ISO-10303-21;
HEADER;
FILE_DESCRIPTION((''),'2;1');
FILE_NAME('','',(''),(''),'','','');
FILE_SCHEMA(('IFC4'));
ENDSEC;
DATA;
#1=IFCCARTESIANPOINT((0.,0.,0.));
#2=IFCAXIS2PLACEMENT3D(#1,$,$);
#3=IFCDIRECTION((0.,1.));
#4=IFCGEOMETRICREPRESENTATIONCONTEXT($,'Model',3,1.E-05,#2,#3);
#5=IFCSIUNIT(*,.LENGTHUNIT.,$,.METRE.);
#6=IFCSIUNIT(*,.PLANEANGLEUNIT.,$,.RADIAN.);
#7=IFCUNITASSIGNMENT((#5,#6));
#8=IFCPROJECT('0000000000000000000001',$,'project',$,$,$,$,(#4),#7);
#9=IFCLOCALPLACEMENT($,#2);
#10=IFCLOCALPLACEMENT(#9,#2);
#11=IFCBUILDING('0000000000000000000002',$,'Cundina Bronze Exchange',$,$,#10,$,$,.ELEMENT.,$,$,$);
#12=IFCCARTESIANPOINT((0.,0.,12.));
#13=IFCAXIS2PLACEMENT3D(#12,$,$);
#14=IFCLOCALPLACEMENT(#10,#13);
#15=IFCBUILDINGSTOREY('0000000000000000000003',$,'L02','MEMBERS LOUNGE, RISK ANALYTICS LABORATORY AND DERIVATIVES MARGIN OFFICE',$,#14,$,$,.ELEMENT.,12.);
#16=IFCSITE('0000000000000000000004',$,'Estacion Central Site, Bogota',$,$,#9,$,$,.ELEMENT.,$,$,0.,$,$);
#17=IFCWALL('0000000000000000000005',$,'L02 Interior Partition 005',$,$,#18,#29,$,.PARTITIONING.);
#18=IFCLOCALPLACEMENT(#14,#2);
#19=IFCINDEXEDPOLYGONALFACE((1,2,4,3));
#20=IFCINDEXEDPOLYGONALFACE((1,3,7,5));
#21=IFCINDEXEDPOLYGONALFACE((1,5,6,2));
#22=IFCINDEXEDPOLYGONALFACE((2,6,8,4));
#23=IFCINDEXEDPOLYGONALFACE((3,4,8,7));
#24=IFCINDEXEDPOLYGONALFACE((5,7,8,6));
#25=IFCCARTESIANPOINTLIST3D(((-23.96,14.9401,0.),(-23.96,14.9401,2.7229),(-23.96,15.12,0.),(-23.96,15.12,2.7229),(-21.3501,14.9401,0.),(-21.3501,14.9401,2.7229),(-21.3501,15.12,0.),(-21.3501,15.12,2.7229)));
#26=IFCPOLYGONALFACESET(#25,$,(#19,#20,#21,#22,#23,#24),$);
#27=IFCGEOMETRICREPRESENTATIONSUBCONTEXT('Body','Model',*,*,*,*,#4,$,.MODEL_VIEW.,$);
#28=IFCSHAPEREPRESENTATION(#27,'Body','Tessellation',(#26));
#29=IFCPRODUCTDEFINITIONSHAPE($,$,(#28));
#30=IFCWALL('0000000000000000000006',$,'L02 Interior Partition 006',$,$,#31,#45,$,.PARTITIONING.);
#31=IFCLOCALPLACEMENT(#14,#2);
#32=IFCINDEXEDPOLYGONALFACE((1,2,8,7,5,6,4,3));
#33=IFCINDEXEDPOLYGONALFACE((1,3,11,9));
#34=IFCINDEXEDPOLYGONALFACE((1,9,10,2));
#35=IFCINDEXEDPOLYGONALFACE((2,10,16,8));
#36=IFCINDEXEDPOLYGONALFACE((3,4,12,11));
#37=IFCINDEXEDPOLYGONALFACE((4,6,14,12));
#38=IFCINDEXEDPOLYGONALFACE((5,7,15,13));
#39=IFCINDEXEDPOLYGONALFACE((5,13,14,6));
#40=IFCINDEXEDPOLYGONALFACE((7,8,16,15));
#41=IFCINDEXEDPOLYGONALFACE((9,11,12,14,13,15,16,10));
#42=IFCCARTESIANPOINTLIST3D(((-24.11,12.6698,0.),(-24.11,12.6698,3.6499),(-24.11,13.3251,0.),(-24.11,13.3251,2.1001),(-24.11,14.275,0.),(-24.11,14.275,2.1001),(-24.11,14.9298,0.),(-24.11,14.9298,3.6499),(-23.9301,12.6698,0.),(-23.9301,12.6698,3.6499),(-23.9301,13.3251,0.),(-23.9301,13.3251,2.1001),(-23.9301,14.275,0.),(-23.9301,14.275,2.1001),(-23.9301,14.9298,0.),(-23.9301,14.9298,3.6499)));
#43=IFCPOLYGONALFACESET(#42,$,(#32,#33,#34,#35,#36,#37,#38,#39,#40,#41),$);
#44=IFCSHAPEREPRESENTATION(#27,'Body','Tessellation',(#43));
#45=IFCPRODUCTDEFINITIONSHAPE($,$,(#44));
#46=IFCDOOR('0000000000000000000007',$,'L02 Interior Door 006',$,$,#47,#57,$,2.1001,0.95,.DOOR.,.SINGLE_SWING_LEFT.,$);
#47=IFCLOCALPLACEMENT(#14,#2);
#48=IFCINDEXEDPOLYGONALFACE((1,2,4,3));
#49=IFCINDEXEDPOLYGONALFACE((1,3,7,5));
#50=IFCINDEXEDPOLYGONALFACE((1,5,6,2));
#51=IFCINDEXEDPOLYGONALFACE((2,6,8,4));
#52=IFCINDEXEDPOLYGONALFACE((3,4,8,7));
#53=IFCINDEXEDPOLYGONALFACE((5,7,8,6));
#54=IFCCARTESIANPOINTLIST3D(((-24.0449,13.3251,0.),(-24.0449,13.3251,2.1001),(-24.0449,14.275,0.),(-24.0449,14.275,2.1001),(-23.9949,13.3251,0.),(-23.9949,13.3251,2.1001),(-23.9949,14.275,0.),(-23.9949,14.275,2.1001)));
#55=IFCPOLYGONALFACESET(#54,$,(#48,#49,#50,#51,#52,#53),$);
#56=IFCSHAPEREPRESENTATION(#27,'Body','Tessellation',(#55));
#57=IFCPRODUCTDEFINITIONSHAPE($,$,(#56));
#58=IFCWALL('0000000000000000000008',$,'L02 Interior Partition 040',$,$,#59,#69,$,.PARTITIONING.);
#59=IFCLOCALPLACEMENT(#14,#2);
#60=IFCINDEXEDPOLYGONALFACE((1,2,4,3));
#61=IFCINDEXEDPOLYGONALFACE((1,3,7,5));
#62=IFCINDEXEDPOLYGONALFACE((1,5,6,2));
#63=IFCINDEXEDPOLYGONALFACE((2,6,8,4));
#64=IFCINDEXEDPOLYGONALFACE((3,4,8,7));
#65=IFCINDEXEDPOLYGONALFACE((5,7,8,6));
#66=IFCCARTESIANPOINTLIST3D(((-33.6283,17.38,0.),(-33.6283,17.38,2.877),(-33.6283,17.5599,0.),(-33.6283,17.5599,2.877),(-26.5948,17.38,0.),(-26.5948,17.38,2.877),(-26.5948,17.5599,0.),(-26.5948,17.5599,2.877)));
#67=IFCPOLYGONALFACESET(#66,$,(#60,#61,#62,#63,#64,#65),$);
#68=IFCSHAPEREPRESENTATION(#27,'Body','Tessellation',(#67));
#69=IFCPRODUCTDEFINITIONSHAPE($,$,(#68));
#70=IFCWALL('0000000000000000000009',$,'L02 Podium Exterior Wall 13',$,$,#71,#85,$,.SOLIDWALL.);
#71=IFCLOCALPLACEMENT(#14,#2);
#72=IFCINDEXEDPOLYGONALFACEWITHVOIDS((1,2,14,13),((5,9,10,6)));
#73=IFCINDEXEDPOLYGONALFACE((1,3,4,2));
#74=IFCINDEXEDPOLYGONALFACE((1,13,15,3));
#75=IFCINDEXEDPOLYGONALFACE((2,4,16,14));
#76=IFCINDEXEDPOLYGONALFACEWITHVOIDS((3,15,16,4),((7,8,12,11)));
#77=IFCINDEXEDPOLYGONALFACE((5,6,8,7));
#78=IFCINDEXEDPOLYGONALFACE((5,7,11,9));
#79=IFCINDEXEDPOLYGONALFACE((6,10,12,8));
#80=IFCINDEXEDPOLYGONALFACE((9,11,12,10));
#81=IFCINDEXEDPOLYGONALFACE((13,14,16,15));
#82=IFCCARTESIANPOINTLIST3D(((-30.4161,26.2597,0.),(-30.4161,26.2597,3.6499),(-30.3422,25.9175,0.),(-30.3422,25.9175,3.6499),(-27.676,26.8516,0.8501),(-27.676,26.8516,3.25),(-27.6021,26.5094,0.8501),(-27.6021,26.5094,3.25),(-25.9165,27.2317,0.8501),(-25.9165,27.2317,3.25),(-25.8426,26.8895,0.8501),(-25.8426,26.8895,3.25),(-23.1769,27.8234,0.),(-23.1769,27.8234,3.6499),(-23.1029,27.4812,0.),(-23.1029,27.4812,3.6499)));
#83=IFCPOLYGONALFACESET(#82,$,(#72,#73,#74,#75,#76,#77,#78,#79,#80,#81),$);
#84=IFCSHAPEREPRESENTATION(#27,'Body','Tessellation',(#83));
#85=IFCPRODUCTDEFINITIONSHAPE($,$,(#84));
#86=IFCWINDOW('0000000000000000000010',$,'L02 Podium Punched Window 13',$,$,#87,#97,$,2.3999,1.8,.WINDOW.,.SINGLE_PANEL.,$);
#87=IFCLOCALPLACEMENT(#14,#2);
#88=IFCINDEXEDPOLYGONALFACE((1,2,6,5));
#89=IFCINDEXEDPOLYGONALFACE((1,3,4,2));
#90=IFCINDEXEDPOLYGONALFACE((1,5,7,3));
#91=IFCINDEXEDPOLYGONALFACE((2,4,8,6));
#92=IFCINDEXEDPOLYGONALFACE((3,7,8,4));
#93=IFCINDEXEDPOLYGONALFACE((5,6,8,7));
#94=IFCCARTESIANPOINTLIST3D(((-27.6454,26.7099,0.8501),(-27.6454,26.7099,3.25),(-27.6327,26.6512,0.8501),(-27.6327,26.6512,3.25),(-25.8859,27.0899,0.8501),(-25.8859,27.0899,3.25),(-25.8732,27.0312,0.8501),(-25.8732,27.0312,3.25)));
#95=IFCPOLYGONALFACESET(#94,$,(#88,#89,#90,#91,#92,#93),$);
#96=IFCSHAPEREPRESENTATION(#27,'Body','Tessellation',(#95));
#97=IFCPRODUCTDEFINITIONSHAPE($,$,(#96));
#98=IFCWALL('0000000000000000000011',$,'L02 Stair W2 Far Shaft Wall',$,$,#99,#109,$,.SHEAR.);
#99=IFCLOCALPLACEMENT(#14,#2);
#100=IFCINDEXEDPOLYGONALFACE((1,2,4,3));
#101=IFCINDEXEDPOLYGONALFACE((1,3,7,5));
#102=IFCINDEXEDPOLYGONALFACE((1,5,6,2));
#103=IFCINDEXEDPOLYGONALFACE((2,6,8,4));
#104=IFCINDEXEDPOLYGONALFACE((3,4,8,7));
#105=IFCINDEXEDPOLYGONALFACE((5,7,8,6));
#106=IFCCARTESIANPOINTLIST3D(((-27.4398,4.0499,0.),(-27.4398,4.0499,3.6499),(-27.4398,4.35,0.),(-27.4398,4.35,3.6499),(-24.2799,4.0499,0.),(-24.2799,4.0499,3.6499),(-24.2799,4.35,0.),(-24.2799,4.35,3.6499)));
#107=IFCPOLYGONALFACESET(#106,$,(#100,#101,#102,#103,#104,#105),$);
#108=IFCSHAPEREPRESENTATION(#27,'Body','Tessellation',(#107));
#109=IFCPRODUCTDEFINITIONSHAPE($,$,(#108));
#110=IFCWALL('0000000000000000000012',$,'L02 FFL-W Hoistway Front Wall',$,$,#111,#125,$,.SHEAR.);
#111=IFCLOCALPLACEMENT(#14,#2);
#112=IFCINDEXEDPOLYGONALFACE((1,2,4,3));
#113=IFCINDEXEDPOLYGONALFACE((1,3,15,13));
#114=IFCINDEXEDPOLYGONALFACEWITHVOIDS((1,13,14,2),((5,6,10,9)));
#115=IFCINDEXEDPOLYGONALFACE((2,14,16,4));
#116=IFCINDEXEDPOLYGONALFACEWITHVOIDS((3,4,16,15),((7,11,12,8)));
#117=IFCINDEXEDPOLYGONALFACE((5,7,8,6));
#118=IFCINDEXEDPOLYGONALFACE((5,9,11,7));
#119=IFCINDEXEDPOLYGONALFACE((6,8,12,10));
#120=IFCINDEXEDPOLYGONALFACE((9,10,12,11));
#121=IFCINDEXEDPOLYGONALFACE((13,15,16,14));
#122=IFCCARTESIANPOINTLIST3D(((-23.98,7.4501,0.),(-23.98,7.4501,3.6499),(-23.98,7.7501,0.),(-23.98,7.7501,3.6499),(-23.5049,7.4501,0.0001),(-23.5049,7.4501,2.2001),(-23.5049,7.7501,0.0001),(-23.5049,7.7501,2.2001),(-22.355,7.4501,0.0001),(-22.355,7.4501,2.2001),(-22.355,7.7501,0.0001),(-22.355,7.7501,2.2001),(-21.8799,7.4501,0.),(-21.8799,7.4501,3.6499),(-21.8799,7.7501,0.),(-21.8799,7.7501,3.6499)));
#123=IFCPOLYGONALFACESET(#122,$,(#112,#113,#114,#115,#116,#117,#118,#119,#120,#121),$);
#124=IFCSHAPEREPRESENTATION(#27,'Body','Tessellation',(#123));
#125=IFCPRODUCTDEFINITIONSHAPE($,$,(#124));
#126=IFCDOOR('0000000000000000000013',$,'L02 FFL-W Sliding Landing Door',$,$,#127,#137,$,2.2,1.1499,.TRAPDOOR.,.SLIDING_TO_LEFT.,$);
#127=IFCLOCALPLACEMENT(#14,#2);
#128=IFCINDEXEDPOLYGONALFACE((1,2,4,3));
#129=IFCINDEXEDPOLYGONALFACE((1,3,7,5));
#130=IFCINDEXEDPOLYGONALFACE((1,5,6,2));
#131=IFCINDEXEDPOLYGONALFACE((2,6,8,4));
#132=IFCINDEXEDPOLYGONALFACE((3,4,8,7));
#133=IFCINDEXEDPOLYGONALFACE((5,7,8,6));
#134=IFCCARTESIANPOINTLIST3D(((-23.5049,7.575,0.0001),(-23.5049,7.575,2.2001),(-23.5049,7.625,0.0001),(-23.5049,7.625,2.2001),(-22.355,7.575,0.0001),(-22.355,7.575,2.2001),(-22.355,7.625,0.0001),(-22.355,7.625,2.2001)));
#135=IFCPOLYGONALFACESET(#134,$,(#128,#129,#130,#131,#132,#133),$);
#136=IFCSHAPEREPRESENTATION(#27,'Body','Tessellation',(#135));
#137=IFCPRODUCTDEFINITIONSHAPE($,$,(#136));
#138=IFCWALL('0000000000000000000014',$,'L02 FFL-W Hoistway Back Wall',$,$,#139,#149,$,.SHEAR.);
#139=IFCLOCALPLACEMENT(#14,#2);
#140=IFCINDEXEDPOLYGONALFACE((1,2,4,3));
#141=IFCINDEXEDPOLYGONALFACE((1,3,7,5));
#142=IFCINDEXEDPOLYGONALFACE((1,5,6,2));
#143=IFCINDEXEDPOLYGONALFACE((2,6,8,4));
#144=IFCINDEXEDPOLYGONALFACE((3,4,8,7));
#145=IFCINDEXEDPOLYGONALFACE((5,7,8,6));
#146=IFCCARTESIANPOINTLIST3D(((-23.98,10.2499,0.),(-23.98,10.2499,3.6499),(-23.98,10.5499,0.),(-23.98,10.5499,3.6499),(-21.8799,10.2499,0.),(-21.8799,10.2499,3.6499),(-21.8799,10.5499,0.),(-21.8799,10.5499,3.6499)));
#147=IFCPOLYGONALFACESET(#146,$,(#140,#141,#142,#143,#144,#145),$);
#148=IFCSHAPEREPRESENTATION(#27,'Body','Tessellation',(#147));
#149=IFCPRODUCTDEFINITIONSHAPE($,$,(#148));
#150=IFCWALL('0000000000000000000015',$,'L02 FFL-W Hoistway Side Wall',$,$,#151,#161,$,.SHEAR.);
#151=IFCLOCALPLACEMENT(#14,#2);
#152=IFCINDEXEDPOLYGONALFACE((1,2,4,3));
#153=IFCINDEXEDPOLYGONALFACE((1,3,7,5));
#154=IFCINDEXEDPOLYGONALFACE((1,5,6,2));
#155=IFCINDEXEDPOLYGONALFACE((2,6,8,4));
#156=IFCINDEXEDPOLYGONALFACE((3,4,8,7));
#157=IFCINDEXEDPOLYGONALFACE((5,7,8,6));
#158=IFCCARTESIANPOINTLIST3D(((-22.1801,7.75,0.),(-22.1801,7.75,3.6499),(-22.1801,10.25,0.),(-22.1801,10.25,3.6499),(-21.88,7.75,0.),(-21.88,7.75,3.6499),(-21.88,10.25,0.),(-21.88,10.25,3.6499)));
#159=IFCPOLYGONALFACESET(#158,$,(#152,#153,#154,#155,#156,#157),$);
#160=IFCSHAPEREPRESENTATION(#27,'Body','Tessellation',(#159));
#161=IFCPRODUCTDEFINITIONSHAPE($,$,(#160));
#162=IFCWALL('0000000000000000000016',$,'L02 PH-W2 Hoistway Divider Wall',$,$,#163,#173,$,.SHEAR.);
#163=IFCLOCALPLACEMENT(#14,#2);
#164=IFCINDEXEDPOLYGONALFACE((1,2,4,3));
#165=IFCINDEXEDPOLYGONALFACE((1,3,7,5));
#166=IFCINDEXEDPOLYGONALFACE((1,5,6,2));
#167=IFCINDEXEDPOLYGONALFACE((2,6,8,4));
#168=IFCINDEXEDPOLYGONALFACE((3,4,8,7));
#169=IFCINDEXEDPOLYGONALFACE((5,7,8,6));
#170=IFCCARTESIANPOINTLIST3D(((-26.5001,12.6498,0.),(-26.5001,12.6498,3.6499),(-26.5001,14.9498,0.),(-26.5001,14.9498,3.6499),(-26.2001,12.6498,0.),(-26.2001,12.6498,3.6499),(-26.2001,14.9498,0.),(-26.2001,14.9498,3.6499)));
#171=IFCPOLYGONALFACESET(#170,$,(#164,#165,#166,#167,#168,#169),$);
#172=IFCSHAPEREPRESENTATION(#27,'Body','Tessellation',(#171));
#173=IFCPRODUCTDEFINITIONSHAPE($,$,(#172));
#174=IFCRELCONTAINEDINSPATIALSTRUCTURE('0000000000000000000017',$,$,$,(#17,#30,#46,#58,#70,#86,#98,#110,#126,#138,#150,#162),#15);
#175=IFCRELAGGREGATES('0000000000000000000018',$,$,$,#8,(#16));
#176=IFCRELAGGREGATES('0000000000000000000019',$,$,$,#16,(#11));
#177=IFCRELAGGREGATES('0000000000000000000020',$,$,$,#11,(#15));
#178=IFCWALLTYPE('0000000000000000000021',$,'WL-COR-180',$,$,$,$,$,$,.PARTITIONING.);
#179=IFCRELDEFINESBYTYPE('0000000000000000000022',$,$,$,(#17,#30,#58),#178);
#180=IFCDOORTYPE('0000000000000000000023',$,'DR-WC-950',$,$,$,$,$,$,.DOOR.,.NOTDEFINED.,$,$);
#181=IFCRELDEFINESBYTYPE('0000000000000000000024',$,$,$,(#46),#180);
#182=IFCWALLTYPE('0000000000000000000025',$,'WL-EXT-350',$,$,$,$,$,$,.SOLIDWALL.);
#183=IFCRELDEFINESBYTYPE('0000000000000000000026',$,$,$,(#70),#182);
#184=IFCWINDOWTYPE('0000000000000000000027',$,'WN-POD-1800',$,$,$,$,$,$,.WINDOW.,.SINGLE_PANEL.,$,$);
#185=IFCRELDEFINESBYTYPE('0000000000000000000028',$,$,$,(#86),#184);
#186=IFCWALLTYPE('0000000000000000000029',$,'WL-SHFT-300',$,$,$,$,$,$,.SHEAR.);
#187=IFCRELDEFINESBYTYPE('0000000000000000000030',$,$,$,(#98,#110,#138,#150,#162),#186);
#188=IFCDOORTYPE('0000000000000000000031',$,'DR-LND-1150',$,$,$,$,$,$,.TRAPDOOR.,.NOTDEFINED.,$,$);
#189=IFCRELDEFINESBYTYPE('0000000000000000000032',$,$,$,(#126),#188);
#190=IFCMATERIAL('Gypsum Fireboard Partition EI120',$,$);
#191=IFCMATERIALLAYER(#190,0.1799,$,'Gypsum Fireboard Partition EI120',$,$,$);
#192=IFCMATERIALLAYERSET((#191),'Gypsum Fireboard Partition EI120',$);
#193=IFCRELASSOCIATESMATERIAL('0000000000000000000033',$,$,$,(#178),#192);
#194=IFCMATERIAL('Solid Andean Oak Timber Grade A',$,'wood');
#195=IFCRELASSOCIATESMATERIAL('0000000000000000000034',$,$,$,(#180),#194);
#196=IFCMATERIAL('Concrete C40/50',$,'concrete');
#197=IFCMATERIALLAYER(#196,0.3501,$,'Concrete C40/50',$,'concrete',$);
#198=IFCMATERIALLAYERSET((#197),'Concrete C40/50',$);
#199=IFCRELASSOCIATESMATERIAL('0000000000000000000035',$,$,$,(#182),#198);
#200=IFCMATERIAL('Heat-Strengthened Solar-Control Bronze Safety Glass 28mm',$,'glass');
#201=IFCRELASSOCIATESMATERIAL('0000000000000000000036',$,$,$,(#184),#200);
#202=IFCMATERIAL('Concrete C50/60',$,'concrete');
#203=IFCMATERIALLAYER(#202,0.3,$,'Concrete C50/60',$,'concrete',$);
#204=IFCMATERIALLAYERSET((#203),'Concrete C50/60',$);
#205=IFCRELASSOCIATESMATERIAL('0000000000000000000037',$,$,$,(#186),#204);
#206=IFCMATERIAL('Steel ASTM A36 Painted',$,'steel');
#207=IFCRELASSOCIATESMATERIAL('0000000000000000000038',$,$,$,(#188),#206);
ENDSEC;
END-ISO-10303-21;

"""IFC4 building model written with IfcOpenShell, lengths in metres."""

from ifc_helpers import new_model, si_unit, direction, frame, frame_2d, origin, place, context, subcontext, project, spatial, rectangle, extrude, material, layer, layer_set, type_object, element, fill, save


model = new_model("IFC4")

# Units and contexts
model_context = context("Model", 3, precision=1e-05, world=origin(), true_north=direction((0.0, 1.0)))
body_context = subcontext(model_context, "Body", "Model", "MODEL_VIEW")
ifc_project = project(units=[si_unit("LENGTHUNIT", "METRE"), si_unit("PLANEANGLEUNIT", "RADIAN")], contexts=[model_context])

# Site, building, storey
site_placement = place(None, origin())
site = spatial("IfcSite", under=ifc_project, at=site_placement, Name="Estacion Central Site, Bogota", CompositionType="ELEMENT", RefElevation=0.0)
building_placement = place(site_placement, origin())
building = spatial("IfcBuilding", under=site, at=building_placement, Name="Cundina Bronze Exchange", CompositionType="ELEMENT")
storey_placement = place(building_placement, frame((0.0, 0.0, 12.0)))
storey = spatial("IfcBuildingStorey", under=building, at=storey_placement, Name="L02", Description="MEMBERS LOUNGE, RISK ANALYTICS LABORATORY AND DERIVATIVES MARGIN OFFICE", CompositionType="ELEMENT", Elevation=12.0)

# Wall
ifc_material_1 = material(Name="Gypsum Fireboard Partition EI120")
ifc_layer_1 = layer(ifc_material_1, 0.1799, Name="Gypsum Fireboard Partition EI120")
ifc_layer_set_1 = layer_set([ifc_layer_1], Name="Gypsum Fireboard Partition EI120")
wall_type_1 = type_object("IfcWallType", Name="WL-COR-180", PredefinedType="PARTITIONING", material=ifc_layer_set_1)
wall_1_placement = place(storey_placement, frame((-23.96, 15.03, 0.0), z_axis=(0.0, 0.0, 1.0), x_axis=(1.0, 0.0, 0.0)))
element("IfcWall", 1, at=wall_1_placement, inside=storey, type_object=wall_type_1, Name="L02 Interior Partition 005", PredefinedType="PARTITIONING", context=body_context, shape_type="SweptSolid", body=[
    extrude(rectangle(XDim=2.6099, YDim=0.1799, at=frame_2d((1.3049, 0.0))), origin(), (0.0, 0.0, 1.0), 2.7229),
])

# Wall, opening, door
wall_2_placement = place(storey_placement, frame((-24.02, 12.6699, 0.0), z_axis=(0.0, 0.0, 1.0), x_axis=(0.0, 1.0, 0.0)))
wall_2 = element("IfcWall", 2, at=wall_2_placement, inside=storey, type_object=wall_type_1, Name="L02 Interior Partition 006", PredefinedType="PARTITIONING", context=body_context, shape_type="SweptSolid", body=[
    extrude(rectangle(XDim=2.26, YDim=0.1799, at=frame_2d((1.1299, 0.0))), origin(), (0.0, 0.0, 1.0), 3.6499),
])
opening_1_placement = place(wall_2_placement, frame((0.655, 0.0, 0.0)))
opening_1 = element("IfcOpeningElement", 3, at=opening_1_placement, cuts=wall_2, PredefinedType="OPENING", context=body_context, shape_type="SweptSolid", body=[
    extrude(rectangle(XDim=0.95, YDim=2.1001, at=frame_2d((0.4751, 1.05))), frame((0.0, 0.0999, 0.0), z_axis=(0.0, -1.0, 0.0), x_axis=(1.0, 0.0, 0.0)), (0.0, 0.0, 1.0), 0.2),
])
ifc_material_2 = material(Name="Solid Andean Oak Timber Grade A", Category="wood")
door_type_1 = type_object("IfcDoorType", Name="DR-WC-950", OperationType="NOTDEFINED", PredefinedType="DOOR", material=ifc_material_2)
door_1_placement = place(opening_1_placement, origin())
door_1 = element("IfcDoor", 4, at=door_1_placement, inside=storey, type_object=door_type_1, Name="L02 Interior Door 006", OperationType="SINGLE_SWING_LEFT", OverallHeight=2.1001, OverallWidth=0.95, PredefinedType="DOOR", context=body_context, shape_type="SweptSolid", body=[
    extrude(rectangle(XDim=0.95, YDim=2.1001, at=frame_2d((0.4751, 1.05))), frame((0.0, 0.0249, 0.0), z_axis=(0.0, -1.0, 0.0), x_axis=(1.0, 0.0, 0.0)), (0.0, 0.0, 1.0), 0.05),
])
fill(opening_1, door_1)

# Wall
wall_3_placement = place(storey_placement, frame((-26.595, 17.47, 0.0), z_axis=(0.0, 0.0, 1.0), x_axis=(-1.0, 0.0, 0.0)))
element("IfcWall", 5, at=wall_3_placement, inside=storey, type_object=wall_type_1, Name="L02 Interior Partition 040", PredefinedType="PARTITIONING", context=body_context, shape_type="SweptSolid", body=[
    extrude(rectangle(XDim=7.0334, YDim=0.1799, at=frame_2d((3.5166, 0.0))), origin(), (0.0, 0.0, 1.0), 2.877),
])

# Wall, opening, window
ifc_material_3 = material(Name="Concrete C40/50", Category="concrete")
ifc_layer_2 = layer(ifc_material_3, 0.3501, Name="Concrete C40/50", Category="concrete")
ifc_layer_set_2 = layer_set([ifc_layer_2], Name="Concrete C40/50")
wall_type_2 = type_object("IfcWallType", Name="WL-EXT-350", PredefinedType="SOLIDWALL", material=ifc_layer_set_2)
wall_4_placement = place(storey_placement, frame((-23.1399, 27.6523, 0.0), z_axis=(0.0, 0.0, 1.0), x_axis=(-0.977457, -0.211136, 0.0)))
wall_4 = element("IfcWall", 6, at=wall_4_placement, inside=storey, type_object=wall_type_2, Name="L02 Podium Exterior Wall 13", PredefinedType="SOLIDWALL", context=body_context, shape_type="SweptSolid", body=[
    extrude(rectangle(XDim=7.4062, YDim=0.3501, at=frame_2d((3.7031, 0.0))), origin(), (0.0, 0.0, 1.0), 3.6499),
])
opening_2_placement = place(wall_4_placement, frame((2.803, 0.0, 0.8501)))
opening_2 = element("IfcOpeningElement", 7, at=opening_2_placement, cuts=wall_4, PredefinedType="OPENING", context=body_context, shape_type="SweptSolid", body=[
    extrude(rectangle(XDim=1.8, YDim=2.3999, at=frame_2d((0.8999, 1.2))), frame((0.0, 0.1851, 0.0), z_axis=(0.0, -1.0, 0.0), x_axis=(1.0, 0.0, 0.0)), (0.0, 0.0, 1.0), 0.3701),
])
ifc_material_4 = material(Name="Heat-Strengthened Solar-Control Bronze Safety Glass 28mm", Category="glass")
window_type_1 = type_object("IfcWindowType", Name="WN-POD-1800", PartitioningType="SINGLE_PANEL", PredefinedType="WINDOW", material=ifc_material_4)
window_1_placement = place(opening_2_placement, origin())
window_1 = element("IfcWindow", 8, at=window_1_placement, inside=storey, type_object=window_type_1, Name="L02 Podium Punched Window 13", OverallHeight=2.3999, OverallWidth=1.8, PartitioningType="SINGLE_PANEL", PredefinedType="WINDOW", context=body_context, shape_type="SweptSolid", body=[
    extrude(rectangle(XDim=1.8, YDim=2.3999, at=frame_2d((0.8999, 1.2))), frame((0.0, 0.03, 0.0), z_axis=(0.0, -1.0, 0.0), x_axis=(1.0, 0.0, 0.0)), (0.0, 0.0, 1.0), 0.0601),
])
fill(opening_2, window_1)

# Shared definitions
ifc_material_5 = material(Name="Concrete C50/60", Category="concrete")
ifc_layer_3 = layer(ifc_material_5, 0.3, Name="Concrete C50/60", Category="concrete")
ifc_layer_set_3 = layer_set([ifc_layer_3], Name="Concrete C50/60")
wall_type_3 = type_object("IfcWallType", Name="WL-SHFT-300", PredefinedType="SHEAR", material=ifc_layer_set_3)
ifc_material_6 = material(Name="Steel ASTM A36 Painted", Category="steel")

# Wall
wall_5_placement = place(storey_placement, frame((-27.4399, 4.2, 0.0), z_axis=(0.0, 0.0, 1.0), x_axis=(1.0, 0.0, 0.0)))
element("IfcWall", 9, at=wall_5_placement, inside=storey, type_object=wall_type_3, Name="L02 Stair W2 Far Shaft Wall", PredefinedType="SHEAR", context=body_context, shape_type="SweptSolid", body=[
    extrude(rectangle(XDim=3.1599, YDim=0.3, at=frame_2d((1.5801, 0.0))), origin(), (0.0, 0.0, 1.0), 3.6499),
])

# Wall, opening, door
wall_6_placement = place(storey_placement, frame((-23.98, 7.6001, 0.0), z_axis=(0.0, 0.0, 1.0), x_axis=(1.0, 0.0, 0.0)))
wall_6 = element("IfcWall", 10, at=wall_6_placement, inside=storey, type_object=wall_type_3, Name="L02 FFL-W Hoistway Front Wall", PredefinedType="SHEAR", context=body_context, shape_type="SweptSolid", body=[
    extrude(rectangle(XDim=2.1001, YDim=0.3, at=frame_2d((1.05, 0.0))), origin(), (0.0, 0.0, 1.0), 3.6499),
])
opening_3_placement = place(wall_6_placement, frame((0.4751, 0.0, 0.0)))
opening_3 = element("IfcOpeningElement", 11, at=opening_3_placement, cuts=wall_6, PredefinedType="OPENING", context=body_context, shape_type="SweptSolid", body=[
    extrude(rectangle(XDim=1.1499, YDim=2.2, at=frame_2d((0.575, 1.1001))), frame((0.0, 0.1599, 0.0), z_axis=(0.0, -1.0, 0.0), x_axis=(1.0, 0.0, 0.0)), (0.0, 0.0, 1.0), 0.3201),
])
door_type_2 = type_object("IfcDoorType", Name="DR-LND-1150", OperationType="NOTDEFINED", PredefinedType="TRAPDOOR", material=ifc_material_6)
door_2_placement = place(opening_3_placement, origin())
door_2 = element("IfcDoor", 12, at=door_2_placement, inside=storey, type_object=door_type_2, Name="L02 FFL-W Sliding Landing Door", OperationType="SLIDING_TO_LEFT", OverallHeight=2.2, OverallWidth=1.1499, PredefinedType="TRAPDOOR", context=body_context, shape_type="SweptSolid", body=[
    extrude(rectangle(XDim=1.1499, YDim=2.2, at=frame_2d((0.575, 1.1001))), frame((0.0, 0.0249, 0.0), z_axis=(0.0, -1.0, 0.0), x_axis=(1.0, 0.0, 0.0)), (0.0, 0.0, 1.0), 0.05),
])
fill(opening_3, door_2)

# Walls
wall_7_placement = place(storey_placement, frame((-23.98, 10.3999, 0.0), z_axis=(0.0, 0.0, 1.0), x_axis=(1.0, 0.0, 0.0)))
element("IfcWall", 13, at=wall_7_placement, inside=storey, type_object=wall_type_3, Name="L02 FFL-W Hoistway Back Wall", PredefinedType="SHEAR", context=body_context, shape_type="SweptSolid", body=[
    extrude(rectangle(XDim=2.1001, YDim=0.3, at=frame_2d((1.05, 0.0))), origin(), (0.0, 0.0, 1.0), 3.6499),
])
wall_8_placement = place(storey_placement, frame((-22.03, 7.75, 0.0), z_axis=(0.0, 0.0, 1.0), x_axis=(0.0, 1.0, 0.0)))
element("IfcWall", 14, at=wall_8_placement, inside=storey, type_object=wall_type_3, Name="L02 FFL-W Hoistway Side Wall", PredefinedType="SHEAR", context=body_context, shape_type="SweptSolid", body=[
    extrude(rectangle(XDim=2.5, YDim=0.3, at=frame_2d((1.25, 0.0))), origin(), (0.0, 0.0, 1.0), 3.6499),
])
wall_9_placement = place(storey_placement, frame((-26.3501, 12.6499, 0.0), z_axis=(0.0, 0.0, 1.0), x_axis=(0.0, 1.0, 0.0)))
element("IfcWall", 15, at=wall_9_placement, inside=storey, type_object=wall_type_3, Name="L02 PH-W2 Hoistway Divider Wall", PredefinedType="SHEAR", context=body_context, shape_type="SweptSolid", body=[
    extrude(rectangle(XDim=2.3, YDim=0.3, at=frame_2d((1.1499, 0.0))), origin(), (0.0, 0.0, 1.0), 3.6499),
])

save(model, "model.ifc")
